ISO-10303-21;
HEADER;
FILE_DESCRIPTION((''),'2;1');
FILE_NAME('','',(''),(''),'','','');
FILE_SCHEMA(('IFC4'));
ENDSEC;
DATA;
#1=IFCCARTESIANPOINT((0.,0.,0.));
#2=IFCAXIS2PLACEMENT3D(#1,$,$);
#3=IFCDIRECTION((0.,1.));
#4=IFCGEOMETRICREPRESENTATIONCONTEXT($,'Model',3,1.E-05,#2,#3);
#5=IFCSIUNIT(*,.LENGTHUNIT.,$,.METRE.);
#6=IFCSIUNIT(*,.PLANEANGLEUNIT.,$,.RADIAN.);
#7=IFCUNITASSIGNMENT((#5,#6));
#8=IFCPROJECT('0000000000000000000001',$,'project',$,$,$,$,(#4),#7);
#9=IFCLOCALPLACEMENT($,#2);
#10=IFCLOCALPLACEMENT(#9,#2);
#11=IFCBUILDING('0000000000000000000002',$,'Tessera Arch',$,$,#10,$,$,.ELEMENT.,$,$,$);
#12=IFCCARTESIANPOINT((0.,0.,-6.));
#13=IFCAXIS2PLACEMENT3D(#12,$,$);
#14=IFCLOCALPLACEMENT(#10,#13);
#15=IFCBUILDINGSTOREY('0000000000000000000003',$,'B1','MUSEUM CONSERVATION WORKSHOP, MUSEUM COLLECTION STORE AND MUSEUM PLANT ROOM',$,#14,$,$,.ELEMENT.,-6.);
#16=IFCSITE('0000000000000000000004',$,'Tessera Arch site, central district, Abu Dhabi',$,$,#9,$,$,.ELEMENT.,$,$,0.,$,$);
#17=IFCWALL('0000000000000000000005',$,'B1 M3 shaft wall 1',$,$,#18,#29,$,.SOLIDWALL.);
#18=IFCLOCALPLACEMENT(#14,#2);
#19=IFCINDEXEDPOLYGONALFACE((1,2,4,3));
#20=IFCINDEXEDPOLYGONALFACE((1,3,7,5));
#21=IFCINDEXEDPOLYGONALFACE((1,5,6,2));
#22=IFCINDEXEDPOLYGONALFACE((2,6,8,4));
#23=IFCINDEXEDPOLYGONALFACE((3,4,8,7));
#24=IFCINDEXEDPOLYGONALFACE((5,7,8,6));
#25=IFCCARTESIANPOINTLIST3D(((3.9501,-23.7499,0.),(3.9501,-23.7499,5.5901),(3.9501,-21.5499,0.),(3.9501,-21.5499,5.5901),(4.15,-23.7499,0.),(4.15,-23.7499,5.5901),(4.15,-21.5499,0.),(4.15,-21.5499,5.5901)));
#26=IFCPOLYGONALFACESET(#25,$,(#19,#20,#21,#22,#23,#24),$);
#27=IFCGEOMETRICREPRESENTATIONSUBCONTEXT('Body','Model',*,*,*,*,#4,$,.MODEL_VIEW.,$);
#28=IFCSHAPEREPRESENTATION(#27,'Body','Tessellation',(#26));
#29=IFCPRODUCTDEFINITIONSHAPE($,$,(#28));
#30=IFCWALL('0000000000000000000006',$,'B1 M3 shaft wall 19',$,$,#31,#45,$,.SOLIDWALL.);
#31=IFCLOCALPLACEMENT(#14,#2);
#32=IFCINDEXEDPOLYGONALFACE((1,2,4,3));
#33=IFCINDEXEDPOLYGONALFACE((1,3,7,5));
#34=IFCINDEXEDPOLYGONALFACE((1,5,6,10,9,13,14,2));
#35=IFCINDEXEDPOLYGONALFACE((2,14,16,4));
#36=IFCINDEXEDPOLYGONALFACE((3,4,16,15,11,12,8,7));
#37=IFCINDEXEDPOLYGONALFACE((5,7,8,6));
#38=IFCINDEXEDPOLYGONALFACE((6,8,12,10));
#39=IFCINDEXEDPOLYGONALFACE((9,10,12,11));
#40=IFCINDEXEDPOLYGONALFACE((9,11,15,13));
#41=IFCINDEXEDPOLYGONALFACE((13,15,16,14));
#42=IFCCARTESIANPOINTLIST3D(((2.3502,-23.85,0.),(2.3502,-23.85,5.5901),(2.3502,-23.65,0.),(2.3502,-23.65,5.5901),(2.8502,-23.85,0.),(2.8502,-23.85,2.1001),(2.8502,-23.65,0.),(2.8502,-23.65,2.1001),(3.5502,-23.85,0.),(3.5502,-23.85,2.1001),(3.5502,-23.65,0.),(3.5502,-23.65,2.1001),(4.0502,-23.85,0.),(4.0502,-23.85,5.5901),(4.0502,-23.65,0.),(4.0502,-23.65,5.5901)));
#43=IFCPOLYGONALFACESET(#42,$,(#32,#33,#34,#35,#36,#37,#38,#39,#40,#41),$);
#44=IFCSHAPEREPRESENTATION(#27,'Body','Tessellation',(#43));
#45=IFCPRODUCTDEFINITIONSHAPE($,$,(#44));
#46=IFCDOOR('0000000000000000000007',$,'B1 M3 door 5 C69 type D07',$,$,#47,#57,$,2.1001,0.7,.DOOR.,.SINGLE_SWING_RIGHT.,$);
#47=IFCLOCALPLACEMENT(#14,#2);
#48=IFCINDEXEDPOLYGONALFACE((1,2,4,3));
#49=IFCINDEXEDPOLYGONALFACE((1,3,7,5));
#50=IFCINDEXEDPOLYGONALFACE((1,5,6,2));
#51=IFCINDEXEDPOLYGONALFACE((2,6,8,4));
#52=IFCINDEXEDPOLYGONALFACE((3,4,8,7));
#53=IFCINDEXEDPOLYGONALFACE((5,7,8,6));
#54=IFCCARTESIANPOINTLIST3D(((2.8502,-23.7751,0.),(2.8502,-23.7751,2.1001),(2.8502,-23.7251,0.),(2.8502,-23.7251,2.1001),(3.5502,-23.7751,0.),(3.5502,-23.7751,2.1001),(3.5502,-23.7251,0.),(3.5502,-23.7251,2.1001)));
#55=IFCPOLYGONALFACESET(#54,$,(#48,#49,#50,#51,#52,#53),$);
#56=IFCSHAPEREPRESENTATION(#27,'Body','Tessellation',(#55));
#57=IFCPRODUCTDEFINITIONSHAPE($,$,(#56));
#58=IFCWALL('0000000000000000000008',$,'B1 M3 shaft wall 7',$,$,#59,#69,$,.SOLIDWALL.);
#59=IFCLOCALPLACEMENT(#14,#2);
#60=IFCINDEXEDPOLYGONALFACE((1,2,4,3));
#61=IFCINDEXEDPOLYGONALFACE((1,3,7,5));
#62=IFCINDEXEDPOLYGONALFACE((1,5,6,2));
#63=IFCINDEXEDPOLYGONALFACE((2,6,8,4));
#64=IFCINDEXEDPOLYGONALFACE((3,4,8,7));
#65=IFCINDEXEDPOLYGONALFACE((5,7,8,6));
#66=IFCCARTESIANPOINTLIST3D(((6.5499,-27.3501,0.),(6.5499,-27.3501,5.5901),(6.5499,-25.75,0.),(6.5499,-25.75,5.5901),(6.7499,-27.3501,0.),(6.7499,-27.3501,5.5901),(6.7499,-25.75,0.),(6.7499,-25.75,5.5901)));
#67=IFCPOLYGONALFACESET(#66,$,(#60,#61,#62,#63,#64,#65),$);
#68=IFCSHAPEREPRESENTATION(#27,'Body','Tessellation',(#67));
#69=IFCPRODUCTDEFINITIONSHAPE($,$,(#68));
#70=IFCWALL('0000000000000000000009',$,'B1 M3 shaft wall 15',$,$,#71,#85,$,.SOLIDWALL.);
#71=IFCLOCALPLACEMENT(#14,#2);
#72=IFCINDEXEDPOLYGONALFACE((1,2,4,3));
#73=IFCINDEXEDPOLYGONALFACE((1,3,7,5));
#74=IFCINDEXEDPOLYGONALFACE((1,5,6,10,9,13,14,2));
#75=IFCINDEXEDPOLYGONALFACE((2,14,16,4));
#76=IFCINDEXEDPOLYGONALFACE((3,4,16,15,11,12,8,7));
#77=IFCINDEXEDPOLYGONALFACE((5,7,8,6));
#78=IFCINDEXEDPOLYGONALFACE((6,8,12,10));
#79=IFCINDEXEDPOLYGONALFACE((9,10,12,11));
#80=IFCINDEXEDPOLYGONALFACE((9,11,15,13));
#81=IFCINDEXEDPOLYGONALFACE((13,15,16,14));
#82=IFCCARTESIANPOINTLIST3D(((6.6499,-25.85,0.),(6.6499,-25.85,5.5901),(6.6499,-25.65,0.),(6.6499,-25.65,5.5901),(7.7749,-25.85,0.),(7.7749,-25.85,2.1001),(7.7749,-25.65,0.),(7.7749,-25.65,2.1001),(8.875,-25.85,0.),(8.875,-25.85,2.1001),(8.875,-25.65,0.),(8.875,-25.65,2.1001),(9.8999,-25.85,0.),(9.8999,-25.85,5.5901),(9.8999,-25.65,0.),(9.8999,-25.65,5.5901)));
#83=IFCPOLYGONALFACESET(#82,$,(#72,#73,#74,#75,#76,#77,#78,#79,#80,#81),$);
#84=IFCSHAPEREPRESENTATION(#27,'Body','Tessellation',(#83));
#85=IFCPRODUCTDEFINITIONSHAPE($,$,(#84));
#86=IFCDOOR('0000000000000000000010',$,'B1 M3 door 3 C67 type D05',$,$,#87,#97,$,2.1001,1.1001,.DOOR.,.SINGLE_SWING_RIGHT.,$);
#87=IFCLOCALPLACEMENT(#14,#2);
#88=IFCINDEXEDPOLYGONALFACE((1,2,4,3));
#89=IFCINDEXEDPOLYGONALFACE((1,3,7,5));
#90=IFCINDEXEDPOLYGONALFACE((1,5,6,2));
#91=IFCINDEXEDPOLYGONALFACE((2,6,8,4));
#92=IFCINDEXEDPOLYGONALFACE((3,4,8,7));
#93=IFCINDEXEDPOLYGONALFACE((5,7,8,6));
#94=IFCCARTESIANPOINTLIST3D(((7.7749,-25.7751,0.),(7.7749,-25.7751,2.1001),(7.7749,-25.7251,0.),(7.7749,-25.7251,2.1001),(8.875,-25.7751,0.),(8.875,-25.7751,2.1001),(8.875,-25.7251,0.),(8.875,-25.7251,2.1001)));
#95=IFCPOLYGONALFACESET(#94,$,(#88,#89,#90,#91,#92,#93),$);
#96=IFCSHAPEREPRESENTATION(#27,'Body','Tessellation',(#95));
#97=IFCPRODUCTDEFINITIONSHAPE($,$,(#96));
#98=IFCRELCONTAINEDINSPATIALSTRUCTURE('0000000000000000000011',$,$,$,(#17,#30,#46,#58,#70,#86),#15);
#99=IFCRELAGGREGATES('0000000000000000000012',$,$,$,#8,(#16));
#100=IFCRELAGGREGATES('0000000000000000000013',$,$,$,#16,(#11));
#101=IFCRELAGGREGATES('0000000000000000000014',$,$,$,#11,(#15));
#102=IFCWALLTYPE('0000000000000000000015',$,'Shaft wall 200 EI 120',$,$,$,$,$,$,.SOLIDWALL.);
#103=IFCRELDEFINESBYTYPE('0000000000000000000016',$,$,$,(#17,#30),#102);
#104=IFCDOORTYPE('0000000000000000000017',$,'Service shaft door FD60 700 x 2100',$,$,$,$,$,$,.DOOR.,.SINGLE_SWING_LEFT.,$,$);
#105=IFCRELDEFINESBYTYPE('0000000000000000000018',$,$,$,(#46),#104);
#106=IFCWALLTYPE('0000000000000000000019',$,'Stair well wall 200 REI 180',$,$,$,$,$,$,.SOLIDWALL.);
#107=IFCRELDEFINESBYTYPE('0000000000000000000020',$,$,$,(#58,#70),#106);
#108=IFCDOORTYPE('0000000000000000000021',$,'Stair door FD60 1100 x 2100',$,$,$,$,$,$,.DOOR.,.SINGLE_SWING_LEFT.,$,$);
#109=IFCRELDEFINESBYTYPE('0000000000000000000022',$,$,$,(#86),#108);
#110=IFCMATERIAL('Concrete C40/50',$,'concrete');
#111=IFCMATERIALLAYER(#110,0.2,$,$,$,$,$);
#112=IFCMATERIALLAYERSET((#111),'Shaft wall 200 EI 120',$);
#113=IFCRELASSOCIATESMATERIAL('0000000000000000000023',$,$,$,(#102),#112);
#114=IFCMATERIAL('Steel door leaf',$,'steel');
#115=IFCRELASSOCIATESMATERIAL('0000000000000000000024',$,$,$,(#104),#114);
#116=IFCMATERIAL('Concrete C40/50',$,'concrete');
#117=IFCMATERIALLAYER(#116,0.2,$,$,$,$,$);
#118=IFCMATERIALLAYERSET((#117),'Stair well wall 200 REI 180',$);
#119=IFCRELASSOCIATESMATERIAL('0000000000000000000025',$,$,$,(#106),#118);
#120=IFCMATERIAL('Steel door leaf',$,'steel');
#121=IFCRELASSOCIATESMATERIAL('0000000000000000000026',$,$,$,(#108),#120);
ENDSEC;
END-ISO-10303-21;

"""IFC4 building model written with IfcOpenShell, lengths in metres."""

from ifc_helpers import new_model, si_unit, direction, frame, frame_2d, origin, place, context, subcontext, project, spatial, rectangle, extrude, material, layer, layer_set, type_object, element, fill, save


model = new_model("IFC4")

# Units and contexts
model_context = context("Model", 3, precision=1e-05, world=origin(), true_north=direction((0.0, 1.0)))
body_context = subcontext(model_context, "Body", "Model", "MODEL_VIEW")
ifc_project = project(units=[si_unit("LENGTHUNIT", "METRE"), si_unit("PLANEANGLEUNIT", "RADIAN")], contexts=[model_context])

# Site, building, storey
site_placement = place(None, origin())
site = spatial("IfcSite", under=ifc_project, at=site_placement, Name="Tessera Arch site, central district, Abu Dhabi", CompositionType="ELEMENT", RefElevation=0.0)
building_placement = place(site_placement, origin())
building = spatial("IfcBuilding", under=site, at=building_placement, Name="Tessera Arch", CompositionType="ELEMENT")
storey_placement = place(building_placement, frame((0.0, 0.0, -6.0)))
storey = spatial("IfcBuildingStorey", under=building, at=storey_placement, Name="B1", Description="MUSEUM CONSERVATION WORKSHOP, MUSEUM COLLECTION STORE AND MUSEUM PLANT ROOM", CompositionType="ELEMENT", Elevation=-6.0)

# Wall
ifc_material_1 = material(Name="Concrete C40/50", Category="concrete")
ifc_layer_1 = layer(ifc_material_1, 0.2)
ifc_layer_set_1 = layer_set([ifc_layer_1], Name="Shaft wall 200 EI 120")
wall_type_1 = type_object("IfcWallType", Name="Shaft wall 200 EI 120", PredefinedType="SOLIDWALL", material=ifc_layer_set_1)
wall_1_placement = place(storey_placement, frame((4.05, -23.75, 0.0), z_axis=(0.0, 0.0, 1.0), x_axis=(0.0, 1.0, 0.0)))
element("IfcWall", 1, at=wall_1_placement, inside=storey, type_object=wall_type_1, Name="B1 M3 shaft wall 1", PredefinedType="SOLIDWALL", context=body_context, shape_type="SweptSolid", body=[
    extrude(rectangle(XDim=2.2, YDim=0.2, at=frame_2d((1.1001, 0.0))), origin(), (0.0, 0.0, 1.0), 5.5901),
])

# Wall, opening, door
wall_2_placement = place(storey_placement, frame((2.3501, -23.75, 0.0), z_axis=(0.0, 0.0, 1.0), x_axis=(1.0, 0.0, 0.0)))
wall_2 = element("IfcWall", 2, at=wall_2_placement, inside=storey, type_object=wall_type_1, Name="B1 M3 shaft wall 19", PredefinedType="SOLIDWALL", context=body_context, shape_type="SweptSolid", body=[
    extrude(rectangle(XDim=1.7, YDim=0.2, at=frame_2d((0.8501, 0.0))), origin(), (0.0, 0.0, 1.0), 5.5901),
])
opening_1_placement = place(wall_2_placement, frame((0.5, 0.0, 0.0)))
opening_1 = element("IfcOpeningElement", 3, at=opening_1_placement, cuts=wall_2, PredefinedType="OPENING", context=body_context, shape_type="SweptSolid", body=[
    extrude(rectangle(XDim=0.7, YDim=2.1001, at=frame_2d((0.3501, 1.05))), frame((0.0, 0.1099, 0.0), z_axis=(0.0, -1.0, 0.0), x_axis=(1.0, 0.0, 0.0)), (0.0, 0.0, 1.0), 0.22),
])
ifc_material_2 = material(Name="Steel door leaf", Category="steel")
door_type_1 = type_object("IfcDoorType", Name="Service shaft door FD60 700 x 2100", OperationType="SINGLE_SWING_LEFT", PredefinedType="DOOR", material=ifc_material_2)
door_1_placement = place(opening_1_placement, origin())
door_1 = element("IfcDoor", 4, at=door_1_placement, inside=storey, type_object=door_type_1, Name="B1 M3 door 5 C69 type D07", OperationType="SINGLE_SWING_RIGHT", OverallHeight=2.1001, OverallWidth=0.7, PredefinedType="DOOR", context=body_context, shape_type="SweptSolid", body=[
    extrude(rectangle(XDim=0.7, YDim=2.1001, at=frame_2d((0.3501, 1.05))), frame((0.0, 0.0249, 0.0), z_axis=(0.0, -1.0, 0.0), x_axis=(1.0, 0.0, 0.0)), (0.0, 0.0, 1.0), 0.05),
])
fill(opening_1, door_1)

# Wall
ifc_material_3 = material(Name="Concrete C40/50", Category="concrete")
ifc_layer_2 = layer(ifc_material_3, 0.2)
ifc_layer_set_2 = layer_set([ifc_layer_2], Name="Stair well wall 200 REI 180")
wall_type_2 = type_object("IfcWallType", Name="Stair well wall 200 REI 180", PredefinedType="SOLIDWALL", material=ifc_layer_set_2)
wall_3_placement = place(storey_placement, frame((6.6499, -27.3501, 0.0), z_axis=(0.0, 0.0, 1.0), x_axis=(0.0, 1.0, 0.0)))
element("IfcWall", 5, at=wall_3_placement, inside=storey, type_object=wall_type_2, Name="B1 M3 shaft wall 7", PredefinedType="SOLIDWALL", context=body_context, shape_type="SweptSolid", body=[
    extrude(rectangle(XDim=1.6001, YDim=0.2, at=frame_2d((0.8, 0.0))), origin(), (0.0, 0.0, 1.0), 5.5901),
])

# Wall, opening, door
wall_4_placement = place(storey_placement, frame((6.6499, -25.75, 0.0), z_axis=(0.0, 0.0, 1.0), x_axis=(1.0, 0.0, 0.0)))
wall_4 = element("IfcWall", 6, at=wall_4_placement, inside=storey, type_object=wall_type_2, Name="B1 M3 shaft wall 15", PredefinedType="SOLIDWALL", context=body_context, shape_type="SweptSolid", body=[
    extrude(rectangle(XDim=3.25, YDim=0.2, at=frame_2d((1.625, 0.0))), origin(), (0.0, 0.0, 1.0), 5.5901),
])
opening_2_placement = place(wall_4_placement, frame((1.125, 0.0, 0.0)))
opening_2 = element("IfcOpeningElement", 7, at=opening_2_placement, cuts=wall_4, PredefinedType="OPENING", context=body_context, shape_type="SweptSolid", body=[
    extrude(rectangle(XDim=1.1001, YDim=2.1001, at=frame_2d((0.55, 1.05))), frame((0.0, 0.1099, 0.0), z_axis=(0.0, -1.0, 0.0), x_axis=(1.0, 0.0, 0.0)), (0.0, 0.0, 1.0), 0.22),
])
ifc_material_4 = material(Name="Steel door leaf", Category="steel")
door_type_2 = type_object("IfcDoorType", Name="Stair door FD60 1100 x 2100", OperationType="SINGLE_SWING_LEFT", PredefinedType="DOOR", material=ifc_material_4)
door_2_placement = place(opening_2_placement, origin())
door_2 = element("IfcDoor", 8, at=door_2_placement, inside=storey, type_object=door_type_2, Name="B1 M3 door 3 C67 type D05", OperationType="SINGLE_SWING_RIGHT", OverallHeight=2.1001, OverallWidth=1.1001, PredefinedType="DOOR", context=body_context, shape_type="SweptSolid", body=[
    extrude(rectangle(XDim=1.1001, YDim=2.1001, at=frame_2d((0.55, 1.05))), frame((0.0, 0.0249, 0.0), z_axis=(0.0, -1.0, 0.0), x_axis=(1.0, 0.0, 0.0)), (0.0, 0.0, 1.0), 0.05),
])
fill(opening_2, door_2)

save(model, "model.ifc")
